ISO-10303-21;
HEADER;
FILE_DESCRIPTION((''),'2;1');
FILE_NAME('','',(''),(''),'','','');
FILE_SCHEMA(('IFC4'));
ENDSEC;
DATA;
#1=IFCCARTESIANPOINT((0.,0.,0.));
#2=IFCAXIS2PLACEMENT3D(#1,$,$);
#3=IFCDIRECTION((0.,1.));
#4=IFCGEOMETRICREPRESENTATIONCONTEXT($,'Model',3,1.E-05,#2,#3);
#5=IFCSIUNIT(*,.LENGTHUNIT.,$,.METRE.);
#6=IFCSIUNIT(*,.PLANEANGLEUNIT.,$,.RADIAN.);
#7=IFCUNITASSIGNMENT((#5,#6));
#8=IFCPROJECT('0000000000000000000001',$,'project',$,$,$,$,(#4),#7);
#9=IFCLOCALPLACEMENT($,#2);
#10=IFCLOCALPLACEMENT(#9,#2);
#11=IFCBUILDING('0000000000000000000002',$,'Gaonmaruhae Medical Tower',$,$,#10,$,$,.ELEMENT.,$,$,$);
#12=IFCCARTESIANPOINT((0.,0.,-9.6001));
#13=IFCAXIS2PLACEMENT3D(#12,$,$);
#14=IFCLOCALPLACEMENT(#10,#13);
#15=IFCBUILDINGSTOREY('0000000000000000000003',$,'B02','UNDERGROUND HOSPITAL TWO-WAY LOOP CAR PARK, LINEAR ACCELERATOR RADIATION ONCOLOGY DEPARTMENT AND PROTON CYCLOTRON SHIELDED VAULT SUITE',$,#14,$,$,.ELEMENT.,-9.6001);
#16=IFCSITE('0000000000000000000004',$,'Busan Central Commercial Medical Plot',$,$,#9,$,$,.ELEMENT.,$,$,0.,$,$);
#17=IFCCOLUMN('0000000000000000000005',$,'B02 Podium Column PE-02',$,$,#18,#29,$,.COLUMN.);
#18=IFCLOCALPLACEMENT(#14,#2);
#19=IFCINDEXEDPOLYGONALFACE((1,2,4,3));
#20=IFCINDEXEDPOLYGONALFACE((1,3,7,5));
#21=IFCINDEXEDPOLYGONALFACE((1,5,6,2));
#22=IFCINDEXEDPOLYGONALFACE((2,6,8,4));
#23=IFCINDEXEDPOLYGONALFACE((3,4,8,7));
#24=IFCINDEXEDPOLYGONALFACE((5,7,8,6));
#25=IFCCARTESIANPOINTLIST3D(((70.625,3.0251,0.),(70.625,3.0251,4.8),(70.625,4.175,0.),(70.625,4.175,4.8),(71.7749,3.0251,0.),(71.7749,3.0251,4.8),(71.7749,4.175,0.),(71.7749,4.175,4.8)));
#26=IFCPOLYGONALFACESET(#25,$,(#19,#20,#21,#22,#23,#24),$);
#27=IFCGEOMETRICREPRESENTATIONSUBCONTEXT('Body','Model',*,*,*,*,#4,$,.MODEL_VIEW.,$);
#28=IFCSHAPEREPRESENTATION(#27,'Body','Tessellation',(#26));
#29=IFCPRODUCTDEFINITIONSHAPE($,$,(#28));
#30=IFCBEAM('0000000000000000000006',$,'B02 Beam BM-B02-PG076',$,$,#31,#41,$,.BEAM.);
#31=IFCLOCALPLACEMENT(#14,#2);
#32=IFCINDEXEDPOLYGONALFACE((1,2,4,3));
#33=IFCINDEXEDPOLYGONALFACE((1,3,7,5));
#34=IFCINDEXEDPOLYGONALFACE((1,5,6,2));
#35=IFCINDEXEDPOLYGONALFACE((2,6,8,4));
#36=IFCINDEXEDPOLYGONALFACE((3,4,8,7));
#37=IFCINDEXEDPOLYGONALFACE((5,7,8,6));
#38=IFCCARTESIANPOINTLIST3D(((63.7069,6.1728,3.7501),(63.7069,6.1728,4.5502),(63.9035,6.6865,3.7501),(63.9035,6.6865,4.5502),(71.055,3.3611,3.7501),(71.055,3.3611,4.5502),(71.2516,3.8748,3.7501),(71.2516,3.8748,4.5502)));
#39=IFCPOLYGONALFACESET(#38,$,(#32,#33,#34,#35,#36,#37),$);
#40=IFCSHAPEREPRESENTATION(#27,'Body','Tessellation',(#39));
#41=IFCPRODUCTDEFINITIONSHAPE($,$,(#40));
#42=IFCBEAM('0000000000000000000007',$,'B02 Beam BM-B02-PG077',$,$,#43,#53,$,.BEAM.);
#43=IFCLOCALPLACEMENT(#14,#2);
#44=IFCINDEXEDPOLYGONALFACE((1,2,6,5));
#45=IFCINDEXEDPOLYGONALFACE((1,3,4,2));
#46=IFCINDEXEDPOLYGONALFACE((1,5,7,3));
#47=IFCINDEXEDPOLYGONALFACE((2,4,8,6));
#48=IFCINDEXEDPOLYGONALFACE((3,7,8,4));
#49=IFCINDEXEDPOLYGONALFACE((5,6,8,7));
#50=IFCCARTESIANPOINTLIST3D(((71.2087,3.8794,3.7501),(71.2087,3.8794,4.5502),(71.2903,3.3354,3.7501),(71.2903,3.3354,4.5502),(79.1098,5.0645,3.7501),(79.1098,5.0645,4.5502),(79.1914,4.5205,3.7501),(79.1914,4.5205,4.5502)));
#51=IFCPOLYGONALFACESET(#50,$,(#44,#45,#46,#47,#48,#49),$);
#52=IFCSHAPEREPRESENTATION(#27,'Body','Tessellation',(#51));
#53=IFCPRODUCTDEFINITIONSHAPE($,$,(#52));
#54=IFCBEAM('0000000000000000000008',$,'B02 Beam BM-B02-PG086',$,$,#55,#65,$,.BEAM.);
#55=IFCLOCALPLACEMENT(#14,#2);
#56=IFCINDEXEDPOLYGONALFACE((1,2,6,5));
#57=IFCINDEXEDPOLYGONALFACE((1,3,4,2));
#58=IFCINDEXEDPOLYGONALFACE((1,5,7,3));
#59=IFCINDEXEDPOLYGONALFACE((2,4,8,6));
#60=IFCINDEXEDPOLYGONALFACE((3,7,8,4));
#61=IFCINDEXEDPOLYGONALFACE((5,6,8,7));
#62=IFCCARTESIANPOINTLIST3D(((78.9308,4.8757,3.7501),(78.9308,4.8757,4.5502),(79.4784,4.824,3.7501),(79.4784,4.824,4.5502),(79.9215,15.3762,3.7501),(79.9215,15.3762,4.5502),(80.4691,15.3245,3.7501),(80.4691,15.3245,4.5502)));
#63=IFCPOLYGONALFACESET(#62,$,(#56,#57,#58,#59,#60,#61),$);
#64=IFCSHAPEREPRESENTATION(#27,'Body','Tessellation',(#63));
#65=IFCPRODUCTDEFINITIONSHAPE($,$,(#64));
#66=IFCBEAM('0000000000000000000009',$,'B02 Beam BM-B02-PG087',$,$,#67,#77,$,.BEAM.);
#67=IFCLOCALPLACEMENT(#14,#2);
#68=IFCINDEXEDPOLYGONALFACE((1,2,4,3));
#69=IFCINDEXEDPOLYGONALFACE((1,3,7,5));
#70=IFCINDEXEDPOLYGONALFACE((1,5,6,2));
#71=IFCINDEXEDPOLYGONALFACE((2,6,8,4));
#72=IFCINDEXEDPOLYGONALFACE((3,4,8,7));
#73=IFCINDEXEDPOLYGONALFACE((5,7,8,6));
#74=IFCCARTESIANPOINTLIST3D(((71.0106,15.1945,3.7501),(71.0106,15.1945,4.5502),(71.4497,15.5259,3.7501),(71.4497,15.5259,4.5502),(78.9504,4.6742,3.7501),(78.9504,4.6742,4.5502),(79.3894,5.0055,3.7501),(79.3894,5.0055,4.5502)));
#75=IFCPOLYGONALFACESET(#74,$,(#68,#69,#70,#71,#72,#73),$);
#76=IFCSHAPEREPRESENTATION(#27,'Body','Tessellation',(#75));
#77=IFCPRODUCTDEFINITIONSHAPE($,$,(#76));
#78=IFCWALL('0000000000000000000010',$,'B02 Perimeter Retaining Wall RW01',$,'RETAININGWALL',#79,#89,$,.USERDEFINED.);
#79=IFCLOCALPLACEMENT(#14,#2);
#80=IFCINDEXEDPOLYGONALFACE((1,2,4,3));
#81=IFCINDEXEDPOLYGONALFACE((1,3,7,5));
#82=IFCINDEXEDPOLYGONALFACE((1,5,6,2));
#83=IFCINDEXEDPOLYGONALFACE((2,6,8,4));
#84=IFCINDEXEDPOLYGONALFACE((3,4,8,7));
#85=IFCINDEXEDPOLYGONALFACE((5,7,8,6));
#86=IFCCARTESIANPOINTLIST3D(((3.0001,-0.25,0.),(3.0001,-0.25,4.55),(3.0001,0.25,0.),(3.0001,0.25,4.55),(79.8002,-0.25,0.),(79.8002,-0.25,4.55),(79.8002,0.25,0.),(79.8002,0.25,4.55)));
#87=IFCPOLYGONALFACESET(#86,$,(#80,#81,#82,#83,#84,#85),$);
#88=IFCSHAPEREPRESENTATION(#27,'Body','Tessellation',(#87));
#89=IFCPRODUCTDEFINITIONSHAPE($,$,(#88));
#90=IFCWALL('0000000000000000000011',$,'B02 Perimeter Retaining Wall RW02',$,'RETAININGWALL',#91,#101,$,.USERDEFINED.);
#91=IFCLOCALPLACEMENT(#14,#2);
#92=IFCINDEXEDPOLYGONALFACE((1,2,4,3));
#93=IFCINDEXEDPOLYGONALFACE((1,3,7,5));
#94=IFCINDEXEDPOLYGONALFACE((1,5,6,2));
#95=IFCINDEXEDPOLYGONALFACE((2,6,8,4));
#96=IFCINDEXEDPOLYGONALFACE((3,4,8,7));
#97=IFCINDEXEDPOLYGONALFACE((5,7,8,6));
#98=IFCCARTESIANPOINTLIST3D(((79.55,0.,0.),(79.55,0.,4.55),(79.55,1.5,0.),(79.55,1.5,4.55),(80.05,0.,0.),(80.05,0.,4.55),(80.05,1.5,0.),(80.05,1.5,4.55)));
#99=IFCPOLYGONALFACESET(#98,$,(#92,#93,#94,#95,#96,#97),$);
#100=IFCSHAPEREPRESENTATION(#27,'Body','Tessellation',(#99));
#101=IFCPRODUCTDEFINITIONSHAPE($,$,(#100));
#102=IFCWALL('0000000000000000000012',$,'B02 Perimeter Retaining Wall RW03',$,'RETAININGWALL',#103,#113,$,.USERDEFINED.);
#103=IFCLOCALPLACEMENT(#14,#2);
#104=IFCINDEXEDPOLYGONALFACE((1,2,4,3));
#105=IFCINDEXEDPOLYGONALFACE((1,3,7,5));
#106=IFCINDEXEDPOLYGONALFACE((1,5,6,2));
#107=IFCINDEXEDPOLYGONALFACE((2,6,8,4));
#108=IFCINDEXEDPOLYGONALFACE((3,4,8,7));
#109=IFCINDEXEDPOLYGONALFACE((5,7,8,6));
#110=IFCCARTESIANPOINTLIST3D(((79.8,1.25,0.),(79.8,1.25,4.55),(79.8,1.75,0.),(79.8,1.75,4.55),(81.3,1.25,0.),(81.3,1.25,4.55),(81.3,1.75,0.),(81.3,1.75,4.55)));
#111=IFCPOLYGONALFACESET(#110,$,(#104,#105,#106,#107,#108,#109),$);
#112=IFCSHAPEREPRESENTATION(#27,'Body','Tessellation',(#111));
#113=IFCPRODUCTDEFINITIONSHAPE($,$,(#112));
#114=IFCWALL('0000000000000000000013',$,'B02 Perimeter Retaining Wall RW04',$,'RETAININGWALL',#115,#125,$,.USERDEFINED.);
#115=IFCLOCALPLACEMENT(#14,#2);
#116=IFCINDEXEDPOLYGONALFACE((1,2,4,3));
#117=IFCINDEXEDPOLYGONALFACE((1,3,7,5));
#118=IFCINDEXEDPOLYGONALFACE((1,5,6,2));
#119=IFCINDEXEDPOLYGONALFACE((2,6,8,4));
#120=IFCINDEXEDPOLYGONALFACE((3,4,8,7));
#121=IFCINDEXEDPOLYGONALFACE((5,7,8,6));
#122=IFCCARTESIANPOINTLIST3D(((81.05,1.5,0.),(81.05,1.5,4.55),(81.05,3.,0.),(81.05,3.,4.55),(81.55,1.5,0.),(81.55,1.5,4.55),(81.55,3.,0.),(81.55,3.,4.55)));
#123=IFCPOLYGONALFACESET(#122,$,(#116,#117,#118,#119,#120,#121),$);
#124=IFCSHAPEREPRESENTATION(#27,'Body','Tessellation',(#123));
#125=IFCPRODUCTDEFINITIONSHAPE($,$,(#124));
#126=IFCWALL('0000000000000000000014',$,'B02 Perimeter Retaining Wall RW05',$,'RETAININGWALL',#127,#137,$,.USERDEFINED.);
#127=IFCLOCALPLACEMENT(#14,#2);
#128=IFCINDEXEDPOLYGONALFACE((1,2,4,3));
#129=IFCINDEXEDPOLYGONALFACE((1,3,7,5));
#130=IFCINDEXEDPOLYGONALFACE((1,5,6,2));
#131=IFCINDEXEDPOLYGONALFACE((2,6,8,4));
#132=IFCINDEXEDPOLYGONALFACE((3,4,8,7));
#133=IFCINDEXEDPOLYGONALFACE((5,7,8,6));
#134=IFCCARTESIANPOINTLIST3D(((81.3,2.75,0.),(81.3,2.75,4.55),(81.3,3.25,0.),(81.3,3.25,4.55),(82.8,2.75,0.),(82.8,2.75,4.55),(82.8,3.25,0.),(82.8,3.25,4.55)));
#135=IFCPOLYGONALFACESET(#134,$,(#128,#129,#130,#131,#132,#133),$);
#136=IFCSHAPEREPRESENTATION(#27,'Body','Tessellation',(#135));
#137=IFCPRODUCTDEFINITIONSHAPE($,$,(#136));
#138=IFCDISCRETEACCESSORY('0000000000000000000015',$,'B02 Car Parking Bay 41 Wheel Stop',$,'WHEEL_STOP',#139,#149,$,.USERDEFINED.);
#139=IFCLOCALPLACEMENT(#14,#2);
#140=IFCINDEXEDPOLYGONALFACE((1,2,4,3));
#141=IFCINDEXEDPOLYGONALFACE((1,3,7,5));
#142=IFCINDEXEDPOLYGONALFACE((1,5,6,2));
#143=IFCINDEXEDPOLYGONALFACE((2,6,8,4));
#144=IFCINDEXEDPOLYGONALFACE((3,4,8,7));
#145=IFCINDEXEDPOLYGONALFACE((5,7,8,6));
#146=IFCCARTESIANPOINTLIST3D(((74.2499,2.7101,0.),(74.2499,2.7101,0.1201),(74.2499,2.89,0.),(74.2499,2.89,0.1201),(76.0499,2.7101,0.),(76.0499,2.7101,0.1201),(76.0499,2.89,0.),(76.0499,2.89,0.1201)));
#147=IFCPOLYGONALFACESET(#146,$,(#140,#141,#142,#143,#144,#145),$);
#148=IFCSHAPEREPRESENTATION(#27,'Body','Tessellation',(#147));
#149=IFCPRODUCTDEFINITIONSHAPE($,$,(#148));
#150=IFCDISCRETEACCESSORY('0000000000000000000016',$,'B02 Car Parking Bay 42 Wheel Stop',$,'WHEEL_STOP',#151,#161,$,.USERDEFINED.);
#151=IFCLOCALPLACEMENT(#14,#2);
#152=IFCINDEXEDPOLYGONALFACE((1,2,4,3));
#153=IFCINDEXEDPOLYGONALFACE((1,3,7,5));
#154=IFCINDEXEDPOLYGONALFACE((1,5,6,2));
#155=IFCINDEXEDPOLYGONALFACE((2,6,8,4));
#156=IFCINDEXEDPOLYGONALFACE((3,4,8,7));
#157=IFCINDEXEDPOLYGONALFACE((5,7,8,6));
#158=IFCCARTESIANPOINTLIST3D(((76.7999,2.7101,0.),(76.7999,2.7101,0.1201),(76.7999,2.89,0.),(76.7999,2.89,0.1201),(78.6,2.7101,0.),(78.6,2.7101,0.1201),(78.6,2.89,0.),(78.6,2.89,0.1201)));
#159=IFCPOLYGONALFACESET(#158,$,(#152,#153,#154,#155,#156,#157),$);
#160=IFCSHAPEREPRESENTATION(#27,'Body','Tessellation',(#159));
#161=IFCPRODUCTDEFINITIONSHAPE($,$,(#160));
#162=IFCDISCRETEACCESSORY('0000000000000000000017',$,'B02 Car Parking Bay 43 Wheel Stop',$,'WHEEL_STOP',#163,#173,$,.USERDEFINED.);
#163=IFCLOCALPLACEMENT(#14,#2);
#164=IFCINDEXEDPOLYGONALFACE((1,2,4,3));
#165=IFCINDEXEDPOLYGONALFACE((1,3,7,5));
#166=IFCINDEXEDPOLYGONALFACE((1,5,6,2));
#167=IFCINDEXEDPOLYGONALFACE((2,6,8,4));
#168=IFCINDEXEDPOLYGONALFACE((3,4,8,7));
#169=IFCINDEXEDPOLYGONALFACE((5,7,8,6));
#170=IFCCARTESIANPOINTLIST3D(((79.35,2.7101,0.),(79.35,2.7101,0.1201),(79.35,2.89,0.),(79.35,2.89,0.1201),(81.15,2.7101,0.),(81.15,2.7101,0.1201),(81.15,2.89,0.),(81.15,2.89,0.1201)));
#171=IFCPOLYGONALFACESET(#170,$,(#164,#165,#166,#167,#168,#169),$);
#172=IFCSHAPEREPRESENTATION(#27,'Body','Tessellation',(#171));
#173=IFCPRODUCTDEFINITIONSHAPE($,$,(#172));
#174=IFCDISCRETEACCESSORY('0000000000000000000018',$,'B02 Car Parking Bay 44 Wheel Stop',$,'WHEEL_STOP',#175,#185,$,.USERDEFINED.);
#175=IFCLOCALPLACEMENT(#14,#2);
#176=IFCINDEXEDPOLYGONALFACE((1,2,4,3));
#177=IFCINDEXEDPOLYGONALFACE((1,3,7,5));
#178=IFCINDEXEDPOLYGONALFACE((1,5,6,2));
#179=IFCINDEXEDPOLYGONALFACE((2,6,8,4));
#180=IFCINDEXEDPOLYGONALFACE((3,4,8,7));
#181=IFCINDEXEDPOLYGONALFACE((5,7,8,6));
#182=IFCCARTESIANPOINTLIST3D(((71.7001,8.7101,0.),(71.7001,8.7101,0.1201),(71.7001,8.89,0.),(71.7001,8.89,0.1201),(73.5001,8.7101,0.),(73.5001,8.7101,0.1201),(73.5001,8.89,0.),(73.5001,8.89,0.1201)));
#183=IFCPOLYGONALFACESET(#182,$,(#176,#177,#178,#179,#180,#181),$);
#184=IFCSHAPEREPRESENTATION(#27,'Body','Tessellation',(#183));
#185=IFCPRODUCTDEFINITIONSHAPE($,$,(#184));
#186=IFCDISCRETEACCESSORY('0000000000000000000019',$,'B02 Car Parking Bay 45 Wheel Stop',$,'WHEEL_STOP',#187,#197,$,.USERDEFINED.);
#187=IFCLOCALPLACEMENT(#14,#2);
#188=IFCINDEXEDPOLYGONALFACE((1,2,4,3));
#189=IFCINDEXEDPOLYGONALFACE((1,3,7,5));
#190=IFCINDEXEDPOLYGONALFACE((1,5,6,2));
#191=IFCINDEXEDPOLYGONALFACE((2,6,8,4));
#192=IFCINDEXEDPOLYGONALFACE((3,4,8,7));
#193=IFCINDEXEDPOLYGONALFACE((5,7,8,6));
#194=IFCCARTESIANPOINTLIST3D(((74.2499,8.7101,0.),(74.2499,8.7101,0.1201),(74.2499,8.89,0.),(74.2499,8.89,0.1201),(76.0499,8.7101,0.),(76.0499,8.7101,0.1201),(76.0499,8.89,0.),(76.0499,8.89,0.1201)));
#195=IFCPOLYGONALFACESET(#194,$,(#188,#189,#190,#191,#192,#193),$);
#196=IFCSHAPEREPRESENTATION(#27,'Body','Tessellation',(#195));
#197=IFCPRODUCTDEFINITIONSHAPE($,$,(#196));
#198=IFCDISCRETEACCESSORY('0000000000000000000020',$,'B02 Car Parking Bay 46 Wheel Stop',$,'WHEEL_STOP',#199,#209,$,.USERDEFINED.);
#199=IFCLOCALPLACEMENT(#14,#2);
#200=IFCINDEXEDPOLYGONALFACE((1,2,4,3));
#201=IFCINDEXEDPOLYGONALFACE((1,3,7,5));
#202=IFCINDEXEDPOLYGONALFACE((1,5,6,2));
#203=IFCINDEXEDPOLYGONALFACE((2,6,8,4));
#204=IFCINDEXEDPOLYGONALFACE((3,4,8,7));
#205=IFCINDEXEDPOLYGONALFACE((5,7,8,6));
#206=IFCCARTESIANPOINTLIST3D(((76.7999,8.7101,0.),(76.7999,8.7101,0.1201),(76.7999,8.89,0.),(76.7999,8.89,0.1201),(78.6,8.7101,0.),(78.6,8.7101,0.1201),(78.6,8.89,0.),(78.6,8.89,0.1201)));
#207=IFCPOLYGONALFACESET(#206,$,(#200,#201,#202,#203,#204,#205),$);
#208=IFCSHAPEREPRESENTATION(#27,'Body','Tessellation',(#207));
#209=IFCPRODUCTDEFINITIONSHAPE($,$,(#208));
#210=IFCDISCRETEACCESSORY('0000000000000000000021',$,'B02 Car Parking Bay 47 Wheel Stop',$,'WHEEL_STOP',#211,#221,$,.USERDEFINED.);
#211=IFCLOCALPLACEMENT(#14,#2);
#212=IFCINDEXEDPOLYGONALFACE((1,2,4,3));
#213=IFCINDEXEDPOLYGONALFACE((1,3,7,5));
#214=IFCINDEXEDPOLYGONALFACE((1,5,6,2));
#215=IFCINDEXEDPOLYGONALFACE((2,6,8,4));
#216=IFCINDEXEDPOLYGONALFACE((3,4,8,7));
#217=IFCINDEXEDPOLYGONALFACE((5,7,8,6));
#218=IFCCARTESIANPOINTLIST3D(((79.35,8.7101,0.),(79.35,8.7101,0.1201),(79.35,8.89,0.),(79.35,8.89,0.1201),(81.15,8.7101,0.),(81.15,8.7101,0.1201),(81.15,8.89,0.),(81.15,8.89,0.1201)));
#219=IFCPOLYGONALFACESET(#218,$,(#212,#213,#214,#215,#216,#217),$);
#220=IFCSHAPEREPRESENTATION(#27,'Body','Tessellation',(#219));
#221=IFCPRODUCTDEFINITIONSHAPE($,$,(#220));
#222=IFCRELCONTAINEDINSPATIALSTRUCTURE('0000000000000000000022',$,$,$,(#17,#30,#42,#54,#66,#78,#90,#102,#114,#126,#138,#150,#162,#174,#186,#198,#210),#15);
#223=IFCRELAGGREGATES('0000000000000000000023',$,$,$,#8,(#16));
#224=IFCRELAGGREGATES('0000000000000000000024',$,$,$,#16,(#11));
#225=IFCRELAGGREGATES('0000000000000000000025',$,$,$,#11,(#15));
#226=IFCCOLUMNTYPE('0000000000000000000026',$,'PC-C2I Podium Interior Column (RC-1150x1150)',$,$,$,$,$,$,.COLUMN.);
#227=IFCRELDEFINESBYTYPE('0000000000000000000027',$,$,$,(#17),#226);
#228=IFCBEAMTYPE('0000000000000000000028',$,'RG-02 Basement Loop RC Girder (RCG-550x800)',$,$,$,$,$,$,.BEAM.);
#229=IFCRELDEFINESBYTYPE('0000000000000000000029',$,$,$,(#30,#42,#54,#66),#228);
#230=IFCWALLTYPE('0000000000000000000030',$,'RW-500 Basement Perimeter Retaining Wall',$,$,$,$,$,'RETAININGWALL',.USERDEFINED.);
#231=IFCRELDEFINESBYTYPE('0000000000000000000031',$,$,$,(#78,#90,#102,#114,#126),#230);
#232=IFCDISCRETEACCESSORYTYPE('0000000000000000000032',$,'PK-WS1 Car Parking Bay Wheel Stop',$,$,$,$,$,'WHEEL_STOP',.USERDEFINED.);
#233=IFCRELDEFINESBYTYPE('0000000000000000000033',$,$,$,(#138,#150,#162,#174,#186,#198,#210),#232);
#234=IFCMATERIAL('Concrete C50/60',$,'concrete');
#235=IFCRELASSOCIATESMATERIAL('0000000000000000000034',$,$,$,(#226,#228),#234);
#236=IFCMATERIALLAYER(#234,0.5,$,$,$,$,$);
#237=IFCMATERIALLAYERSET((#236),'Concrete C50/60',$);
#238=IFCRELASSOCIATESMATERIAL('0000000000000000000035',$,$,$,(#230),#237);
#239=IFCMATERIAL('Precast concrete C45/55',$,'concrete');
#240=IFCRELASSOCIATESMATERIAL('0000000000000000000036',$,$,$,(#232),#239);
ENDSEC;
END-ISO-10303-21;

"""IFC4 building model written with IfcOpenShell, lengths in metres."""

from ifc_helpers import new_model, si_unit, direction, frame, frame_2d, origin, origin_2d, place, context, subcontext, project, spatial, rectangle, extrude, material, layer, layer_set, material_profile, profile_set, type_object, element, save


model = new_model("IFC4")

# Units and contexts
model_context = context("Model", 3, precision=1e-05, world=origin(), true_north=direction((0.0, 1.0)))
body_context = subcontext(model_context, "Body", "Model", "MODEL_VIEW")
ifc_project = project(units=[si_unit("LENGTHUNIT", "METRE"), si_unit("PLANEANGLEUNIT", "RADIAN")], contexts=[model_context])

# Site, building, storey
site_placement = place(None, origin())
site = spatial("IfcSite", under=ifc_project, at=site_placement, Name="Busan Central Commercial Medical Plot", CompositionType="ELEMENT", RefElevation=0.0)
building_placement = place(site_placement, origin())
building = spatial("IfcBuilding", under=site, at=building_placement, Name="Gaonmaruhae Medical Tower", CompositionType="ELEMENT")
storey_placement = place(building_placement, frame((0.0, 0.0, -9.6001)))
storey = spatial("IfcBuildingStorey", under=building, at=storey_placement, Name="B02", Description="UNDERGROUND HOSPITAL TWO-WAY LOOP CAR PARK, LINEAR ACCELERATOR RADIATION ONCOLOGY DEPARTMENT AND PROTON CYCLOTRON SHIELDED VAULT SUITE", CompositionType="ELEMENT", Elevation=-9.6001)

# Shared definitions
ifc_material_1 = material(Name="Concrete C50/60", Category="concrete")

# Column
ifc_material_profile_1 = material_profile(ifc_material_1, rectangle(XDim=1.1499, YDim=1.1499, at=origin_2d()), Name="RC-1150x1150")
ifc_profile_set_1 = profile_set([ifc_material_profile_1], Name="Concrete C50/60")
column_type_1 = type_object("IfcColumnType", Name="PC-C2I Podium Interior Column (RC-1150x1150)", PredefinedType="COLUMN", material=ifc_profile_set_1)
column_1_placement = place(storey_placement, frame((71.2, 3.6001, 0.0), z_axis=(0.0, 0.0, 1.0), x_axis=(1.0, 0.0, 0.0)))
element("IfcColumn", 1, at=column_1_placement, inside=storey, type_object=column_type_1, Name="B02 Podium Column PE-02", PredefinedType="COLUMN", context=body_context, shape_type="SweptSolid", body=[
    extrude(rectangle(XDim=1.1499, YDim=1.1499, at=origin_2d()), origin(), (0.0, 0.0, 1.0), 4.8),
])

# Beams
ifc_material_profile_2 = material_profile(ifc_material_1, rectangle(XDim=0.55, YDim=0.8, at=origin_2d()), Name="RCG-550x800")
ifc_profile_set_2 = profile_set([ifc_material_profile_2], Name="Concrete C50/60")
beam_type = type_object("IfcBeamType", Name="RG-02 Basement Loop RC Girder (RCG-550x800)", PredefinedType="BEAM", material=ifc_profile_set_2)
beam_1_placement = place(storey_placement, frame((71.1533, 3.6179, 4.1501), z_axis=(-0.933959, 0.35738, 0.0), x_axis=(-0.35738, -0.933959, 0.0)))
element("IfcBeam", 2, at=beam_1_placement, inside=storey, type_object=beam_type, Name="B02 Beam BM-B02-PG076", PredefinedType="BEAM", context=body_context, shape_type="SweptSolid", body=[
    extrude(rectangle(XDim=0.55, YDim=0.8, at=origin_2d()), origin(), (0.0, 0.0, 1.0), 7.8677),
])
beam_2_placement = place(storey_placement, frame((71.2495, 3.6074, 4.1501), z_axis=(0.988938, 0.148327, 0.0), x_axis=(-0.148327, 0.988938, 0.0)))
element("IfcBeam", 3, at=beam_2_placement, inside=storey, type_object=beam_type, Name="B02 Beam BM-B02-PG077", PredefinedType="BEAM", context=body_context, shape_type="SweptSolid", body=[
    extrude(rectangle(XDim=0.55, YDim=0.8, at=origin_2d()), origin(), (0.0, 0.0, 1.0), 7.9895),
])
beam_3_placement = place(storey_placement, frame((79.2046, 4.8499, 4.1501), z_axis=(0.093933, 0.995579, 0.0), x_axis=(-0.995579, 0.093933, 0.0)))
element("IfcBeam", 4, at=beam_3_placement, inside=storey, type_object=beam_type, Name="B02 Beam BM-B02-PG086", PredefinedType="BEAM", context=body_context, shape_type="SweptSolid", body=[
    extrude(rectangle(XDim=0.55, YDim=0.8, at=origin_2d()), origin(), (0.0, 0.0, 1.0), 10.5471),
])
beam_4_placement = place(storey_placement, frame((79.1699, 4.8398, 4.1501), z_axis=(-0.602401, 0.798194, 0.0), x_axis=(-0.798194, -0.602401, 0.0)))
element("IfcBeam", 5, at=beam_4_placement, inside=storey, type_object=beam_type, Name="B02 Beam BM-B02-PG087", PredefinedType="BEAM", context=body_context, shape_type="SweptSolid", body=[
    extrude(rectangle(XDim=0.55, YDim=0.8, at=origin_2d()), origin(), (0.0, 0.0, 1.0), 13.1802),
])

# Walls
ifc_layer_1 = layer(ifc_material_1, 0.5)
ifc_layer_set_1 = layer_set([ifc_layer_1], Name="Concrete C50/60")
wall_type = type_object("IfcWallType", Name="RW-500 Basement Perimeter Retaining Wall", ElementType="RETAININGWALL", PredefinedType="USERDEFINED", material=ifc_layer_set_1)
wall_placement = place(storey_placement, frame((79.8, 0.0, 0.0), z_axis=(0.0, 0.0, 1.0), x_axis=(-1.0, 0.0, 0.0)))
element("IfcWall", 6, at=wall_placement, inside=storey, type_object=wall_type, Name="B02 Perimeter Retaining Wall RW01", ObjectType="RETAININGWALL", PredefinedType="USERDEFINED", context=body_context, shape_type="SweptSolid", body=[
    extrude(rectangle(XDim=76.8, YDim=0.5, at=frame_2d((38.3999, 0.0))), origin(), (0.0, 0.0, 1.0), 4.55),
])
for number, where, z_axis, x_axis, name in (
    (7, (79.8, 1.5, 0.0), (0.0, 0.0, 1.0), (0.0, -1.0, 0.0), "B02 Perimeter Retaining Wall RW02"),
    (8, (81.3, 1.5, 0.0), (0.0, 0.0, 1.0), (-1.0, 0.0, 0.0), "B02 Perimeter Retaining Wall RW03"),
    (9, (81.3, 3.0, 0.0), (0.0, 0.0, 1.0), (0.0, -1.0, 0.0), "B02 Perimeter Retaining Wall RW04"),
    (10, (82.8, 3.0, 0.0), (0.0, 0.0, 1.0), (-1.0, 0.0, 0.0), "B02 Perimeter Retaining Wall RW05"),
):
    element("IfcWall", number, at=place(storey_placement, frame(where, z_axis=z_axis, x_axis=x_axis)), inside=storey, type_object=wall_type, Name=name, ObjectType="RETAININGWALL", PredefinedType="USERDEFINED", context=body_context, shape_type="SweptSolid", body=[
        extrude(rectangle(XDim=1.5, YDim=0.5, at=frame_2d((0.75, 0.0))), origin(), (0.0, 0.0, 1.0), 4.55),
    ])

# Discrete accessories
ifc_material_2 = material(Name="Precast concrete C45/55", Category="concrete")
discrete_accessory_type = type_object("IfcDiscreteAccessoryType", Name="PK-WS1 Car Parking Bay Wheel Stop", ElementType="WHEEL_STOP", PredefinedType="USERDEFINED", material=ifc_material_2)
for number, where, z_axis, x_axis, name in (
    (11, (75.1499, 2.8, 0.0), (0.0, 0.0, 1.0), (1.0, 0.0, 0.0), "B02 Car Parking Bay 41 Wheel Stop"),
    (12, (77.7, 2.8, 0.0), (0.0, 0.0, 1.0), (1.0, 0.0, 0.0), "B02 Car Parking Bay 42 Wheel Stop"),
    (13, (80.25, 2.8, 0.0), (0.0, 0.0, 1.0), (1.0, 0.0, 0.0), "B02 Car Parking Bay 43 Wheel Stop"),
    (14, (72.6001, 8.8, 0.0), (0.0, 0.0, 1.0), (1.0, 0.0, 0.0), "B02 Car Parking Bay 44 Wheel Stop"),
    (15, (75.1499, 8.8, 0.0), (0.0, 0.0, 1.0), (1.0, 0.0, 0.0), "B02 Car Parking Bay 45 Wheel Stop"),
    (16, (77.7, 8.8, 0.0), (0.0, 0.0, 1.0), (1.0, 0.0, 0.0), "B02 Car Parking Bay 46 Wheel Stop"),
    (17, (80.25, 8.8, 0.0), (0.0, 0.0, 1.0), (1.0, 0.0, 0.0), "B02 Car Parking Bay 47 Wheel Stop"),
):
    element("IfcDiscreteAccessory", number, at=place(storey_placement, frame(where, z_axis=z_axis, x_axis=x_axis)), inside=storey, type_object=discrete_accessory_type, Name=name, ObjectType="WHEEL_STOP", PredefinedType="USERDEFINED", context=body_context, shape_type="SweptSolid", body=[
        extrude(rectangle(XDim=1.8, YDim=0.1799, at=origin_2d()), origin(), (0.0, 0.0, 1.0), 0.1201),
    ])

save(model, "model.ifc")
